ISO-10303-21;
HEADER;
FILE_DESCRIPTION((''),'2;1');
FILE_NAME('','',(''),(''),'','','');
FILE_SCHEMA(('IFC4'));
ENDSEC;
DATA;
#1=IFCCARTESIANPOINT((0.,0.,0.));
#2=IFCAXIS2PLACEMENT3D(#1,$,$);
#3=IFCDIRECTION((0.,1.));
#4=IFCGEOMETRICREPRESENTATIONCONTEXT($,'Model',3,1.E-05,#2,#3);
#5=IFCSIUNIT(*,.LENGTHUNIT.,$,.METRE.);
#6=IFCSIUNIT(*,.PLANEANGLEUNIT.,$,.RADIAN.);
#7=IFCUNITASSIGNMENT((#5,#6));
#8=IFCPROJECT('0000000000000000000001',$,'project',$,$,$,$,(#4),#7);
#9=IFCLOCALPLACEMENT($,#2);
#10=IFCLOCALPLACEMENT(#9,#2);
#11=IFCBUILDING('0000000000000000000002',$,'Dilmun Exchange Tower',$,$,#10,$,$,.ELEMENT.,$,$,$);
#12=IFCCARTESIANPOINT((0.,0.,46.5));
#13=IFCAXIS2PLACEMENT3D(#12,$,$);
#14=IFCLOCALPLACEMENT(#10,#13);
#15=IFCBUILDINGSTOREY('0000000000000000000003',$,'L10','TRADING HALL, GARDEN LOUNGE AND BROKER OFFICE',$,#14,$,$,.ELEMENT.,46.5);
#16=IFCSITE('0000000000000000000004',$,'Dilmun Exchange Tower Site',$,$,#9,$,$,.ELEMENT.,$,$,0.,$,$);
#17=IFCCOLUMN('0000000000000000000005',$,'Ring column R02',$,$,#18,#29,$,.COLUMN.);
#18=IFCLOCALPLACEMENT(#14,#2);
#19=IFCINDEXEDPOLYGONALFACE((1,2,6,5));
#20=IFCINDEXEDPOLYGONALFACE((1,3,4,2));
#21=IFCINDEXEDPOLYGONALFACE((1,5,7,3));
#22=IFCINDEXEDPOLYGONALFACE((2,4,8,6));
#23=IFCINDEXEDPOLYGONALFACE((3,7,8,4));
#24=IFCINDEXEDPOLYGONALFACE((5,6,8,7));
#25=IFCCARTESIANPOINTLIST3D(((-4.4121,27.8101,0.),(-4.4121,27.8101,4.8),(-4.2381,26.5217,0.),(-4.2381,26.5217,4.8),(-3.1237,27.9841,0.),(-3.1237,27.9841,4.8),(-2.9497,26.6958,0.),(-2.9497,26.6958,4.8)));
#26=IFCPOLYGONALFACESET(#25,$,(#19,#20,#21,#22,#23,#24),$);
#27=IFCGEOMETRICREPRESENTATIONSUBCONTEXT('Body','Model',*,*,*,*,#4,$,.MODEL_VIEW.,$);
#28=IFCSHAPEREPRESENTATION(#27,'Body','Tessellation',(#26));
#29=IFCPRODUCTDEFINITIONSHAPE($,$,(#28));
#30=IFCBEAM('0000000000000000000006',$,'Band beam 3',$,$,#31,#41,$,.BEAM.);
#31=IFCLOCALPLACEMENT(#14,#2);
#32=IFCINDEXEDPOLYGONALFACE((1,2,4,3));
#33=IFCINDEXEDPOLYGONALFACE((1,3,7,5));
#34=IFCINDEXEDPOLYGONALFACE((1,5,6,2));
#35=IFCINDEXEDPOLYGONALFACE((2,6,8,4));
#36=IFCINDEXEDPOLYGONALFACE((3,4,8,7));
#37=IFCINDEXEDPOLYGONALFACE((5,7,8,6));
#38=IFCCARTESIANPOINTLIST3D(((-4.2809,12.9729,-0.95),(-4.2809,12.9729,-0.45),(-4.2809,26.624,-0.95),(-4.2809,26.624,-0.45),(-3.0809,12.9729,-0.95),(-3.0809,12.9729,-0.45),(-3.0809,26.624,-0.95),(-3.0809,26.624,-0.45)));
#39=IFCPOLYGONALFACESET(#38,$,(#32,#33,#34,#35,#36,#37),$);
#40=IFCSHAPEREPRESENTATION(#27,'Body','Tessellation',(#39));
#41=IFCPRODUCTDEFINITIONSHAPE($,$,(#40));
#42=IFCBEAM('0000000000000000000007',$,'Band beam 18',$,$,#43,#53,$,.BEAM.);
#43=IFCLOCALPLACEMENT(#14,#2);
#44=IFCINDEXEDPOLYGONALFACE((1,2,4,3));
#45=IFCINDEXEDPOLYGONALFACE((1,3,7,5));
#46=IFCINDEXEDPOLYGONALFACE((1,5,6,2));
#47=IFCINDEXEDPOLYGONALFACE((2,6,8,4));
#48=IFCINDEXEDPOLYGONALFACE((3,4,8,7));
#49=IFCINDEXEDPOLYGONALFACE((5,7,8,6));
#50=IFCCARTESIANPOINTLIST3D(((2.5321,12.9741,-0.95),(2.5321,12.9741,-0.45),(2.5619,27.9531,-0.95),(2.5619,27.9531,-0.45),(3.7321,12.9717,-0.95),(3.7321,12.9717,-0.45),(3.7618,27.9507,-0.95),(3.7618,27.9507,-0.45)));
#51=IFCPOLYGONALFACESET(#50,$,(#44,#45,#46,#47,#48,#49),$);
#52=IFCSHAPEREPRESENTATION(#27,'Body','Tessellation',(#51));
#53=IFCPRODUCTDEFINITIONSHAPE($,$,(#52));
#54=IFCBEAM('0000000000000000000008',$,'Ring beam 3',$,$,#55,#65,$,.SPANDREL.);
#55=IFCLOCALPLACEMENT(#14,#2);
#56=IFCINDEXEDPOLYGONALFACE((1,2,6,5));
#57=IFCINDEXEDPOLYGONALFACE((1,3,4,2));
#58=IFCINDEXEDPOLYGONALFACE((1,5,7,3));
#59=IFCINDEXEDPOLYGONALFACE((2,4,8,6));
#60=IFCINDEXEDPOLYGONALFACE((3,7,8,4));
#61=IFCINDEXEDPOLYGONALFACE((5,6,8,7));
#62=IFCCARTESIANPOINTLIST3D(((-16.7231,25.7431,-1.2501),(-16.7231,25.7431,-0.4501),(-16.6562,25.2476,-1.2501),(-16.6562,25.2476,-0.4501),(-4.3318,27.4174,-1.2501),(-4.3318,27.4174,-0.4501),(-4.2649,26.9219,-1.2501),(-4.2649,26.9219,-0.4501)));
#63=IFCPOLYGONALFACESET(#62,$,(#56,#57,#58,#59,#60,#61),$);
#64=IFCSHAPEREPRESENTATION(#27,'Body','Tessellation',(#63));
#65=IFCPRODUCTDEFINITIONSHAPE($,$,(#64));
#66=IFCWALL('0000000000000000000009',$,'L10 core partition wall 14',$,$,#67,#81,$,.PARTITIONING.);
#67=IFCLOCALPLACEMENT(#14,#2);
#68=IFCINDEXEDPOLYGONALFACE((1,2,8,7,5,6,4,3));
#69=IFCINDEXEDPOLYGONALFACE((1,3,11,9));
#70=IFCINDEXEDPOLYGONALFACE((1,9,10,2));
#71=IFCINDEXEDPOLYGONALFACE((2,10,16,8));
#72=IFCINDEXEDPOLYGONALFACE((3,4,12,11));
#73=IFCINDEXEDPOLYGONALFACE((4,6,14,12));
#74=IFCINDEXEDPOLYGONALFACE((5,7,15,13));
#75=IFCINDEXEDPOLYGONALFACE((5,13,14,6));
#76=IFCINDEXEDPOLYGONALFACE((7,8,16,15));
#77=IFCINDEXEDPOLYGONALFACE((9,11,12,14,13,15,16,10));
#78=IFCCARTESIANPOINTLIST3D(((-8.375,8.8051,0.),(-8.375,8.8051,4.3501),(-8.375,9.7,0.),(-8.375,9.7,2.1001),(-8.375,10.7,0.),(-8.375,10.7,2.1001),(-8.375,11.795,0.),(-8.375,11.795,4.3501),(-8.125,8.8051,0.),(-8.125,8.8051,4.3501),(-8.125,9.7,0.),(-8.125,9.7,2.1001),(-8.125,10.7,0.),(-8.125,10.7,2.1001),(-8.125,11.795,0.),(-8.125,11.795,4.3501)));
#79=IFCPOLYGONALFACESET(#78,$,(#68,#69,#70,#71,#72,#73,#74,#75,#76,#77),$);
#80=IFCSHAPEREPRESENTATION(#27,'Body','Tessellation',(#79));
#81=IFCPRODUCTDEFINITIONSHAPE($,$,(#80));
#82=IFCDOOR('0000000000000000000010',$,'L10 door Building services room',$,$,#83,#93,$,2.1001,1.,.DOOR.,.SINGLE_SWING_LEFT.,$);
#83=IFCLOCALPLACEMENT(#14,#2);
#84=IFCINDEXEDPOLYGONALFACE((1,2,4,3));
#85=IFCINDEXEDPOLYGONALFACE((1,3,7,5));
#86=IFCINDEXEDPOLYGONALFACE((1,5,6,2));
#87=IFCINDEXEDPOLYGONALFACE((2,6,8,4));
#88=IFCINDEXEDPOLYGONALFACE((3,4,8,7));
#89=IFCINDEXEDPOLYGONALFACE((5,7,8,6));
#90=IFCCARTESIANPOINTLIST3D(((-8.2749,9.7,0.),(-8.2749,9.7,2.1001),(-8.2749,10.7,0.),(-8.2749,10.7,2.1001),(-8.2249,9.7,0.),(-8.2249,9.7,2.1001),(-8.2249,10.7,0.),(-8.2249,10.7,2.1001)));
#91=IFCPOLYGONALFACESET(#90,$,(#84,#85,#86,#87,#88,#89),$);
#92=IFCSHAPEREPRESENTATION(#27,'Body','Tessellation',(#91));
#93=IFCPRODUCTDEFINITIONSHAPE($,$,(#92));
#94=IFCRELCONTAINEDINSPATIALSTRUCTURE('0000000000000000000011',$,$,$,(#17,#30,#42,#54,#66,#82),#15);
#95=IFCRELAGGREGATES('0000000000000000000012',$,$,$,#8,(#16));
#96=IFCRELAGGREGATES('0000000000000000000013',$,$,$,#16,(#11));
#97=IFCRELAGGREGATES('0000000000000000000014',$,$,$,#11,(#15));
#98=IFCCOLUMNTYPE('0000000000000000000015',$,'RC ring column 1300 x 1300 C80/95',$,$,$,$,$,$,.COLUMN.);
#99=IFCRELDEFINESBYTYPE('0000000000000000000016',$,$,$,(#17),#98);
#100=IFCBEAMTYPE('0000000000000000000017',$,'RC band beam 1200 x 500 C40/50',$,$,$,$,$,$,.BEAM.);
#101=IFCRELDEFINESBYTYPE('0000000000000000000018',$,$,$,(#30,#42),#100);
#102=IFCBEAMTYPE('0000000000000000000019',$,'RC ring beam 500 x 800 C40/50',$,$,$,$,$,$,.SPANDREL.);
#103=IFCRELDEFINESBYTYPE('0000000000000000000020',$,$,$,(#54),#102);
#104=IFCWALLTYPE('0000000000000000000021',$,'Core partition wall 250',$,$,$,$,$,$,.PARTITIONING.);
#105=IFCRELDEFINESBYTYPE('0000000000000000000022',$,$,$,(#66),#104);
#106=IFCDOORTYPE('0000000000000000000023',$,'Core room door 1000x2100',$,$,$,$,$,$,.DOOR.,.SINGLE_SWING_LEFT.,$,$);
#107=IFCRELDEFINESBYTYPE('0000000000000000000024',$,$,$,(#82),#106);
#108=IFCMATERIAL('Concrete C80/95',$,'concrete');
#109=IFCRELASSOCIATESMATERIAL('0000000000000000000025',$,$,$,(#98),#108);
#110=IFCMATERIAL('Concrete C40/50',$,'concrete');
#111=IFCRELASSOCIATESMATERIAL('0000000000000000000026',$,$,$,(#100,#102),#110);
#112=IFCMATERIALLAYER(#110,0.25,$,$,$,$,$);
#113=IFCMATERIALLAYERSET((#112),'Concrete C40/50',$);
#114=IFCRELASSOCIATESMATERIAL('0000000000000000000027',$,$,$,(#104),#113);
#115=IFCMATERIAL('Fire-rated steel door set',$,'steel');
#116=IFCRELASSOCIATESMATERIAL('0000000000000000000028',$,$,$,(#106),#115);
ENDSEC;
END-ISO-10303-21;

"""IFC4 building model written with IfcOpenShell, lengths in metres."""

from ifc_helpers import new_model, si_unit, direction, frame, frame_2d, origin, origin_2d, place, context, subcontext, project, spatial, rectangle, extrude, material, layer, layer_set, material_profile, profile_set, type_object, element, fill, save


model = new_model("IFC4")

# Units and contexts
model_context = context("Model", 3, precision=1e-05, world=origin(), true_north=direction((0.0, 1.0)))
body_context = subcontext(model_context, "Body", "Model", "MODEL_VIEW")
ifc_project = project(units=[si_unit("LENGTHUNIT", "METRE"), si_unit("PLANEANGLEUNIT", "RADIAN")], contexts=[model_context])

# Site, building, storey
site_placement = place(None, origin())
site = spatial("IfcSite", under=ifc_project, at=site_placement, Name="Dilmun Exchange Tower Site", CompositionType="ELEMENT", RefElevation=0.0)
building_placement = place(site_placement, origin())
building = spatial("IfcBuilding", under=site, at=building_placement, Name="Dilmun Exchange Tower", CompositionType="ELEMENT")
storey_placement = place(building_placement, frame((0.0, 0.0, 46.5)))
storey = spatial("IfcBuildingStorey", under=building, at=storey_placement, Name="L10", Description="TRADING HALL, GARDEN LOUNGE AND BROKER OFFICE", CompositionType="ELEMENT", Elevation=46.5)

# Column
ifc_material_1 = material(Name="Concrete C80/95", Category="concrete")
ifc_material_profile_1 = material_profile(ifc_material_1, rectangle(XDim=1.3, YDim=1.3, at=origin_2d()), Name="1300 x 1300")
ifc_profile_set_1 = profile_set([ifc_material_profile_1], Name="Concrete C80/95")
column_type = type_object("IfcColumnType", Name="RC ring column 1300 x 1300 C80/95", PredefinedType="COLUMN", material=ifc_profile_set_1)
column_placement = place(storey_placement, frame((-3.6809, 27.2529, 0.0), z_axis=(0.0, 0.0, 1.0), x_axis=(0.991001, 0.133853, 0.0)))
element("IfcColumn", 1, at=column_placement, inside=storey, type_object=column_type, Name="Ring column R02", PredefinedType="COLUMN", context=body_context, shape_type="SweptSolid", body=[
    extrude(rectangle(XDim=1.3, YDim=1.3, at=origin_2d()), origin(), (0.0, 0.0, 1.0), 4.8),
])

# Beams
ifc_material_2 = material(Name="Concrete C40/50", Category="concrete")
ifc_material_profile_2 = material_profile(ifc_material_2, rectangle(XDim=1.2, YDim=0.5, at=origin_2d()), Name="1200 x 500")
ifc_profile_set_2 = profile_set([ifc_material_profile_2], Name="Concrete C40/50")
beam_type_1 = type_object("IfcBeamType", Name="RC band beam 1200 x 500 C40/50", PredefinedType="BEAM", material=ifc_profile_set_2)
beam_1_placement = place(storey_placement, frame((-3.6809, 26.624, -0.7), z_axis=(0.0, -1.0, 0.0), x_axis=(1.0, 0.0, 0.0)))
element("IfcBeam", 2, at=beam_1_placement, inside=storey, type_object=beam_type_1, Name="Band beam 3", PredefinedType="BEAM", context=body_context, shape_type="SweptSolid", body=[
    extrude(rectangle(XDim=1.2, YDim=0.5, at=origin_2d()), origin(), (0.0, 0.0, 1.0), 13.6511),
])
beam_2_placement = place(storey_placement, frame((3.1619, 27.9519, -0.7), z_axis=(-0.001988, -0.999998, 0.0), x_axis=(0.999998, -0.001988, 0.0)))
element("IfcBeam", 3, at=beam_2_placement, inside=storey, type_object=beam_type_1, Name="Band beam 18", PredefinedType="BEAM", context=body_context, shape_type="SweptSolid", body=[
    extrude(rectangle(XDim=1.2, YDim=0.5, at=origin_2d()), origin(), (0.0, 0.0, 1.0), 14.979),
])
ifc_material_profile_3 = material_profile(ifc_material_2, rectangle(XDim=0.5, YDim=0.8, at=origin_2d()), Name="500 x 800")
ifc_profile_set_3 = profile_set([ifc_material_profile_3], Name="Concrete C40/50")
beam_type_2 = type_object("IfcBeamType", Name="RC ring beam 500 x 800 C40/50", PredefinedType="SPANDREL", material=ifc_profile_set_3)
beam_3_placement = place(storey_placement, frame((-4.2983, 27.1697, -0.8501), z_axis=(-0.990994, -0.133903, 0.0), x_axis=(0.133903, -0.990994, 0.0)))
element("IfcBeam", 4, at=beam_3_placement, inside=storey, type_object=beam_type_2, Name="Ring beam 3", PredefinedType="SPANDREL", context=body_context, shape_type="SweptSolid", body=[
    extrude(rectangle(XDim=0.5, YDim=0.8, at=origin_2d()), origin(), (0.0, 0.0, 1.0), 12.5039),
])

# Wall, opening, door
ifc_layer_1 = layer(ifc_material_2, 0.25)
ifc_layer_set_1 = layer_set([ifc_layer_1], Name="Concrete C40/50")
wall_type_1 = type_object("IfcWallType", Name="Core partition wall 250", PredefinedType="PARTITIONING", material=ifc_layer_set_1)
wall_1_placement = place(storey_placement, frame((-8.25, 8.8049, 0.0), z_axis=(0.0, 0.0, 1.0), x_axis=(0.0, 1.0, 0.0)))
wall_1 = element("IfcWall", 5, at=wall_1_placement, inside=storey, type_object=wall_type_1, Name="L10 core partition wall 14", PredefinedType="PARTITIONING", context=body_context, shape_type="SweptSolid", body=[
    extrude(rectangle(XDim=2.99, YDim=0.25, at=frame_2d((1.4951, 0.0))), origin(), (0.0, 0.0, 1.0), 4.3501),
])
opening_1_placement = place(wall_1_placement, frame((0.895, 0.0, 0.0)))
opening_1 = element("IfcOpeningElement", 6, at=opening_1_placement, cuts=wall_1, PredefinedType="OPENING", context=body_context, shape_type="SweptSolid", body=[
    extrude(rectangle(XDim=1.0, YDim=2.1001, at=frame_2d((0.5, 1.05))), frame((0.0, 0.135, 0.0), z_axis=(0.0, -1.0, 0.0), x_axis=(1.0, 0.0, 0.0)), (0.0, 0.0, 1.0), 0.27),
])
ifc_material_3 = material(Name="Fire-rated steel door set", Category="steel")
door_type_1 = type_object("IfcDoorType", Name="Core room door 1000x2100", OperationType="SINGLE_SWING_LEFT", PredefinedType="DOOR", material=ifc_material_3)
door_1_placement = place(opening_1_placement, origin())
door_1 = element("IfcDoor", 7, at=door_1_placement, inside=storey, type_object=door_type_1, Name="L10 door Building services room", OperationType="SINGLE_SWING_LEFT", OverallHeight=2.1001, OverallWidth=1.0, PredefinedType="DOOR", context=body_context, shape_type="SweptSolid", body=[
    extrude(rectangle(XDim=1.0, YDim=2.1001, at=frame_2d((0.5, 1.05))), frame((0.0, 0.0249, 0.0), z_axis=(0.0, -1.0, 0.0), x_axis=(1.0, 0.0, 0.0)), (0.0, 0.0, 1.0), 0.05),
])
fill(opening_1, door_1)

save(model, "model.ifc")
